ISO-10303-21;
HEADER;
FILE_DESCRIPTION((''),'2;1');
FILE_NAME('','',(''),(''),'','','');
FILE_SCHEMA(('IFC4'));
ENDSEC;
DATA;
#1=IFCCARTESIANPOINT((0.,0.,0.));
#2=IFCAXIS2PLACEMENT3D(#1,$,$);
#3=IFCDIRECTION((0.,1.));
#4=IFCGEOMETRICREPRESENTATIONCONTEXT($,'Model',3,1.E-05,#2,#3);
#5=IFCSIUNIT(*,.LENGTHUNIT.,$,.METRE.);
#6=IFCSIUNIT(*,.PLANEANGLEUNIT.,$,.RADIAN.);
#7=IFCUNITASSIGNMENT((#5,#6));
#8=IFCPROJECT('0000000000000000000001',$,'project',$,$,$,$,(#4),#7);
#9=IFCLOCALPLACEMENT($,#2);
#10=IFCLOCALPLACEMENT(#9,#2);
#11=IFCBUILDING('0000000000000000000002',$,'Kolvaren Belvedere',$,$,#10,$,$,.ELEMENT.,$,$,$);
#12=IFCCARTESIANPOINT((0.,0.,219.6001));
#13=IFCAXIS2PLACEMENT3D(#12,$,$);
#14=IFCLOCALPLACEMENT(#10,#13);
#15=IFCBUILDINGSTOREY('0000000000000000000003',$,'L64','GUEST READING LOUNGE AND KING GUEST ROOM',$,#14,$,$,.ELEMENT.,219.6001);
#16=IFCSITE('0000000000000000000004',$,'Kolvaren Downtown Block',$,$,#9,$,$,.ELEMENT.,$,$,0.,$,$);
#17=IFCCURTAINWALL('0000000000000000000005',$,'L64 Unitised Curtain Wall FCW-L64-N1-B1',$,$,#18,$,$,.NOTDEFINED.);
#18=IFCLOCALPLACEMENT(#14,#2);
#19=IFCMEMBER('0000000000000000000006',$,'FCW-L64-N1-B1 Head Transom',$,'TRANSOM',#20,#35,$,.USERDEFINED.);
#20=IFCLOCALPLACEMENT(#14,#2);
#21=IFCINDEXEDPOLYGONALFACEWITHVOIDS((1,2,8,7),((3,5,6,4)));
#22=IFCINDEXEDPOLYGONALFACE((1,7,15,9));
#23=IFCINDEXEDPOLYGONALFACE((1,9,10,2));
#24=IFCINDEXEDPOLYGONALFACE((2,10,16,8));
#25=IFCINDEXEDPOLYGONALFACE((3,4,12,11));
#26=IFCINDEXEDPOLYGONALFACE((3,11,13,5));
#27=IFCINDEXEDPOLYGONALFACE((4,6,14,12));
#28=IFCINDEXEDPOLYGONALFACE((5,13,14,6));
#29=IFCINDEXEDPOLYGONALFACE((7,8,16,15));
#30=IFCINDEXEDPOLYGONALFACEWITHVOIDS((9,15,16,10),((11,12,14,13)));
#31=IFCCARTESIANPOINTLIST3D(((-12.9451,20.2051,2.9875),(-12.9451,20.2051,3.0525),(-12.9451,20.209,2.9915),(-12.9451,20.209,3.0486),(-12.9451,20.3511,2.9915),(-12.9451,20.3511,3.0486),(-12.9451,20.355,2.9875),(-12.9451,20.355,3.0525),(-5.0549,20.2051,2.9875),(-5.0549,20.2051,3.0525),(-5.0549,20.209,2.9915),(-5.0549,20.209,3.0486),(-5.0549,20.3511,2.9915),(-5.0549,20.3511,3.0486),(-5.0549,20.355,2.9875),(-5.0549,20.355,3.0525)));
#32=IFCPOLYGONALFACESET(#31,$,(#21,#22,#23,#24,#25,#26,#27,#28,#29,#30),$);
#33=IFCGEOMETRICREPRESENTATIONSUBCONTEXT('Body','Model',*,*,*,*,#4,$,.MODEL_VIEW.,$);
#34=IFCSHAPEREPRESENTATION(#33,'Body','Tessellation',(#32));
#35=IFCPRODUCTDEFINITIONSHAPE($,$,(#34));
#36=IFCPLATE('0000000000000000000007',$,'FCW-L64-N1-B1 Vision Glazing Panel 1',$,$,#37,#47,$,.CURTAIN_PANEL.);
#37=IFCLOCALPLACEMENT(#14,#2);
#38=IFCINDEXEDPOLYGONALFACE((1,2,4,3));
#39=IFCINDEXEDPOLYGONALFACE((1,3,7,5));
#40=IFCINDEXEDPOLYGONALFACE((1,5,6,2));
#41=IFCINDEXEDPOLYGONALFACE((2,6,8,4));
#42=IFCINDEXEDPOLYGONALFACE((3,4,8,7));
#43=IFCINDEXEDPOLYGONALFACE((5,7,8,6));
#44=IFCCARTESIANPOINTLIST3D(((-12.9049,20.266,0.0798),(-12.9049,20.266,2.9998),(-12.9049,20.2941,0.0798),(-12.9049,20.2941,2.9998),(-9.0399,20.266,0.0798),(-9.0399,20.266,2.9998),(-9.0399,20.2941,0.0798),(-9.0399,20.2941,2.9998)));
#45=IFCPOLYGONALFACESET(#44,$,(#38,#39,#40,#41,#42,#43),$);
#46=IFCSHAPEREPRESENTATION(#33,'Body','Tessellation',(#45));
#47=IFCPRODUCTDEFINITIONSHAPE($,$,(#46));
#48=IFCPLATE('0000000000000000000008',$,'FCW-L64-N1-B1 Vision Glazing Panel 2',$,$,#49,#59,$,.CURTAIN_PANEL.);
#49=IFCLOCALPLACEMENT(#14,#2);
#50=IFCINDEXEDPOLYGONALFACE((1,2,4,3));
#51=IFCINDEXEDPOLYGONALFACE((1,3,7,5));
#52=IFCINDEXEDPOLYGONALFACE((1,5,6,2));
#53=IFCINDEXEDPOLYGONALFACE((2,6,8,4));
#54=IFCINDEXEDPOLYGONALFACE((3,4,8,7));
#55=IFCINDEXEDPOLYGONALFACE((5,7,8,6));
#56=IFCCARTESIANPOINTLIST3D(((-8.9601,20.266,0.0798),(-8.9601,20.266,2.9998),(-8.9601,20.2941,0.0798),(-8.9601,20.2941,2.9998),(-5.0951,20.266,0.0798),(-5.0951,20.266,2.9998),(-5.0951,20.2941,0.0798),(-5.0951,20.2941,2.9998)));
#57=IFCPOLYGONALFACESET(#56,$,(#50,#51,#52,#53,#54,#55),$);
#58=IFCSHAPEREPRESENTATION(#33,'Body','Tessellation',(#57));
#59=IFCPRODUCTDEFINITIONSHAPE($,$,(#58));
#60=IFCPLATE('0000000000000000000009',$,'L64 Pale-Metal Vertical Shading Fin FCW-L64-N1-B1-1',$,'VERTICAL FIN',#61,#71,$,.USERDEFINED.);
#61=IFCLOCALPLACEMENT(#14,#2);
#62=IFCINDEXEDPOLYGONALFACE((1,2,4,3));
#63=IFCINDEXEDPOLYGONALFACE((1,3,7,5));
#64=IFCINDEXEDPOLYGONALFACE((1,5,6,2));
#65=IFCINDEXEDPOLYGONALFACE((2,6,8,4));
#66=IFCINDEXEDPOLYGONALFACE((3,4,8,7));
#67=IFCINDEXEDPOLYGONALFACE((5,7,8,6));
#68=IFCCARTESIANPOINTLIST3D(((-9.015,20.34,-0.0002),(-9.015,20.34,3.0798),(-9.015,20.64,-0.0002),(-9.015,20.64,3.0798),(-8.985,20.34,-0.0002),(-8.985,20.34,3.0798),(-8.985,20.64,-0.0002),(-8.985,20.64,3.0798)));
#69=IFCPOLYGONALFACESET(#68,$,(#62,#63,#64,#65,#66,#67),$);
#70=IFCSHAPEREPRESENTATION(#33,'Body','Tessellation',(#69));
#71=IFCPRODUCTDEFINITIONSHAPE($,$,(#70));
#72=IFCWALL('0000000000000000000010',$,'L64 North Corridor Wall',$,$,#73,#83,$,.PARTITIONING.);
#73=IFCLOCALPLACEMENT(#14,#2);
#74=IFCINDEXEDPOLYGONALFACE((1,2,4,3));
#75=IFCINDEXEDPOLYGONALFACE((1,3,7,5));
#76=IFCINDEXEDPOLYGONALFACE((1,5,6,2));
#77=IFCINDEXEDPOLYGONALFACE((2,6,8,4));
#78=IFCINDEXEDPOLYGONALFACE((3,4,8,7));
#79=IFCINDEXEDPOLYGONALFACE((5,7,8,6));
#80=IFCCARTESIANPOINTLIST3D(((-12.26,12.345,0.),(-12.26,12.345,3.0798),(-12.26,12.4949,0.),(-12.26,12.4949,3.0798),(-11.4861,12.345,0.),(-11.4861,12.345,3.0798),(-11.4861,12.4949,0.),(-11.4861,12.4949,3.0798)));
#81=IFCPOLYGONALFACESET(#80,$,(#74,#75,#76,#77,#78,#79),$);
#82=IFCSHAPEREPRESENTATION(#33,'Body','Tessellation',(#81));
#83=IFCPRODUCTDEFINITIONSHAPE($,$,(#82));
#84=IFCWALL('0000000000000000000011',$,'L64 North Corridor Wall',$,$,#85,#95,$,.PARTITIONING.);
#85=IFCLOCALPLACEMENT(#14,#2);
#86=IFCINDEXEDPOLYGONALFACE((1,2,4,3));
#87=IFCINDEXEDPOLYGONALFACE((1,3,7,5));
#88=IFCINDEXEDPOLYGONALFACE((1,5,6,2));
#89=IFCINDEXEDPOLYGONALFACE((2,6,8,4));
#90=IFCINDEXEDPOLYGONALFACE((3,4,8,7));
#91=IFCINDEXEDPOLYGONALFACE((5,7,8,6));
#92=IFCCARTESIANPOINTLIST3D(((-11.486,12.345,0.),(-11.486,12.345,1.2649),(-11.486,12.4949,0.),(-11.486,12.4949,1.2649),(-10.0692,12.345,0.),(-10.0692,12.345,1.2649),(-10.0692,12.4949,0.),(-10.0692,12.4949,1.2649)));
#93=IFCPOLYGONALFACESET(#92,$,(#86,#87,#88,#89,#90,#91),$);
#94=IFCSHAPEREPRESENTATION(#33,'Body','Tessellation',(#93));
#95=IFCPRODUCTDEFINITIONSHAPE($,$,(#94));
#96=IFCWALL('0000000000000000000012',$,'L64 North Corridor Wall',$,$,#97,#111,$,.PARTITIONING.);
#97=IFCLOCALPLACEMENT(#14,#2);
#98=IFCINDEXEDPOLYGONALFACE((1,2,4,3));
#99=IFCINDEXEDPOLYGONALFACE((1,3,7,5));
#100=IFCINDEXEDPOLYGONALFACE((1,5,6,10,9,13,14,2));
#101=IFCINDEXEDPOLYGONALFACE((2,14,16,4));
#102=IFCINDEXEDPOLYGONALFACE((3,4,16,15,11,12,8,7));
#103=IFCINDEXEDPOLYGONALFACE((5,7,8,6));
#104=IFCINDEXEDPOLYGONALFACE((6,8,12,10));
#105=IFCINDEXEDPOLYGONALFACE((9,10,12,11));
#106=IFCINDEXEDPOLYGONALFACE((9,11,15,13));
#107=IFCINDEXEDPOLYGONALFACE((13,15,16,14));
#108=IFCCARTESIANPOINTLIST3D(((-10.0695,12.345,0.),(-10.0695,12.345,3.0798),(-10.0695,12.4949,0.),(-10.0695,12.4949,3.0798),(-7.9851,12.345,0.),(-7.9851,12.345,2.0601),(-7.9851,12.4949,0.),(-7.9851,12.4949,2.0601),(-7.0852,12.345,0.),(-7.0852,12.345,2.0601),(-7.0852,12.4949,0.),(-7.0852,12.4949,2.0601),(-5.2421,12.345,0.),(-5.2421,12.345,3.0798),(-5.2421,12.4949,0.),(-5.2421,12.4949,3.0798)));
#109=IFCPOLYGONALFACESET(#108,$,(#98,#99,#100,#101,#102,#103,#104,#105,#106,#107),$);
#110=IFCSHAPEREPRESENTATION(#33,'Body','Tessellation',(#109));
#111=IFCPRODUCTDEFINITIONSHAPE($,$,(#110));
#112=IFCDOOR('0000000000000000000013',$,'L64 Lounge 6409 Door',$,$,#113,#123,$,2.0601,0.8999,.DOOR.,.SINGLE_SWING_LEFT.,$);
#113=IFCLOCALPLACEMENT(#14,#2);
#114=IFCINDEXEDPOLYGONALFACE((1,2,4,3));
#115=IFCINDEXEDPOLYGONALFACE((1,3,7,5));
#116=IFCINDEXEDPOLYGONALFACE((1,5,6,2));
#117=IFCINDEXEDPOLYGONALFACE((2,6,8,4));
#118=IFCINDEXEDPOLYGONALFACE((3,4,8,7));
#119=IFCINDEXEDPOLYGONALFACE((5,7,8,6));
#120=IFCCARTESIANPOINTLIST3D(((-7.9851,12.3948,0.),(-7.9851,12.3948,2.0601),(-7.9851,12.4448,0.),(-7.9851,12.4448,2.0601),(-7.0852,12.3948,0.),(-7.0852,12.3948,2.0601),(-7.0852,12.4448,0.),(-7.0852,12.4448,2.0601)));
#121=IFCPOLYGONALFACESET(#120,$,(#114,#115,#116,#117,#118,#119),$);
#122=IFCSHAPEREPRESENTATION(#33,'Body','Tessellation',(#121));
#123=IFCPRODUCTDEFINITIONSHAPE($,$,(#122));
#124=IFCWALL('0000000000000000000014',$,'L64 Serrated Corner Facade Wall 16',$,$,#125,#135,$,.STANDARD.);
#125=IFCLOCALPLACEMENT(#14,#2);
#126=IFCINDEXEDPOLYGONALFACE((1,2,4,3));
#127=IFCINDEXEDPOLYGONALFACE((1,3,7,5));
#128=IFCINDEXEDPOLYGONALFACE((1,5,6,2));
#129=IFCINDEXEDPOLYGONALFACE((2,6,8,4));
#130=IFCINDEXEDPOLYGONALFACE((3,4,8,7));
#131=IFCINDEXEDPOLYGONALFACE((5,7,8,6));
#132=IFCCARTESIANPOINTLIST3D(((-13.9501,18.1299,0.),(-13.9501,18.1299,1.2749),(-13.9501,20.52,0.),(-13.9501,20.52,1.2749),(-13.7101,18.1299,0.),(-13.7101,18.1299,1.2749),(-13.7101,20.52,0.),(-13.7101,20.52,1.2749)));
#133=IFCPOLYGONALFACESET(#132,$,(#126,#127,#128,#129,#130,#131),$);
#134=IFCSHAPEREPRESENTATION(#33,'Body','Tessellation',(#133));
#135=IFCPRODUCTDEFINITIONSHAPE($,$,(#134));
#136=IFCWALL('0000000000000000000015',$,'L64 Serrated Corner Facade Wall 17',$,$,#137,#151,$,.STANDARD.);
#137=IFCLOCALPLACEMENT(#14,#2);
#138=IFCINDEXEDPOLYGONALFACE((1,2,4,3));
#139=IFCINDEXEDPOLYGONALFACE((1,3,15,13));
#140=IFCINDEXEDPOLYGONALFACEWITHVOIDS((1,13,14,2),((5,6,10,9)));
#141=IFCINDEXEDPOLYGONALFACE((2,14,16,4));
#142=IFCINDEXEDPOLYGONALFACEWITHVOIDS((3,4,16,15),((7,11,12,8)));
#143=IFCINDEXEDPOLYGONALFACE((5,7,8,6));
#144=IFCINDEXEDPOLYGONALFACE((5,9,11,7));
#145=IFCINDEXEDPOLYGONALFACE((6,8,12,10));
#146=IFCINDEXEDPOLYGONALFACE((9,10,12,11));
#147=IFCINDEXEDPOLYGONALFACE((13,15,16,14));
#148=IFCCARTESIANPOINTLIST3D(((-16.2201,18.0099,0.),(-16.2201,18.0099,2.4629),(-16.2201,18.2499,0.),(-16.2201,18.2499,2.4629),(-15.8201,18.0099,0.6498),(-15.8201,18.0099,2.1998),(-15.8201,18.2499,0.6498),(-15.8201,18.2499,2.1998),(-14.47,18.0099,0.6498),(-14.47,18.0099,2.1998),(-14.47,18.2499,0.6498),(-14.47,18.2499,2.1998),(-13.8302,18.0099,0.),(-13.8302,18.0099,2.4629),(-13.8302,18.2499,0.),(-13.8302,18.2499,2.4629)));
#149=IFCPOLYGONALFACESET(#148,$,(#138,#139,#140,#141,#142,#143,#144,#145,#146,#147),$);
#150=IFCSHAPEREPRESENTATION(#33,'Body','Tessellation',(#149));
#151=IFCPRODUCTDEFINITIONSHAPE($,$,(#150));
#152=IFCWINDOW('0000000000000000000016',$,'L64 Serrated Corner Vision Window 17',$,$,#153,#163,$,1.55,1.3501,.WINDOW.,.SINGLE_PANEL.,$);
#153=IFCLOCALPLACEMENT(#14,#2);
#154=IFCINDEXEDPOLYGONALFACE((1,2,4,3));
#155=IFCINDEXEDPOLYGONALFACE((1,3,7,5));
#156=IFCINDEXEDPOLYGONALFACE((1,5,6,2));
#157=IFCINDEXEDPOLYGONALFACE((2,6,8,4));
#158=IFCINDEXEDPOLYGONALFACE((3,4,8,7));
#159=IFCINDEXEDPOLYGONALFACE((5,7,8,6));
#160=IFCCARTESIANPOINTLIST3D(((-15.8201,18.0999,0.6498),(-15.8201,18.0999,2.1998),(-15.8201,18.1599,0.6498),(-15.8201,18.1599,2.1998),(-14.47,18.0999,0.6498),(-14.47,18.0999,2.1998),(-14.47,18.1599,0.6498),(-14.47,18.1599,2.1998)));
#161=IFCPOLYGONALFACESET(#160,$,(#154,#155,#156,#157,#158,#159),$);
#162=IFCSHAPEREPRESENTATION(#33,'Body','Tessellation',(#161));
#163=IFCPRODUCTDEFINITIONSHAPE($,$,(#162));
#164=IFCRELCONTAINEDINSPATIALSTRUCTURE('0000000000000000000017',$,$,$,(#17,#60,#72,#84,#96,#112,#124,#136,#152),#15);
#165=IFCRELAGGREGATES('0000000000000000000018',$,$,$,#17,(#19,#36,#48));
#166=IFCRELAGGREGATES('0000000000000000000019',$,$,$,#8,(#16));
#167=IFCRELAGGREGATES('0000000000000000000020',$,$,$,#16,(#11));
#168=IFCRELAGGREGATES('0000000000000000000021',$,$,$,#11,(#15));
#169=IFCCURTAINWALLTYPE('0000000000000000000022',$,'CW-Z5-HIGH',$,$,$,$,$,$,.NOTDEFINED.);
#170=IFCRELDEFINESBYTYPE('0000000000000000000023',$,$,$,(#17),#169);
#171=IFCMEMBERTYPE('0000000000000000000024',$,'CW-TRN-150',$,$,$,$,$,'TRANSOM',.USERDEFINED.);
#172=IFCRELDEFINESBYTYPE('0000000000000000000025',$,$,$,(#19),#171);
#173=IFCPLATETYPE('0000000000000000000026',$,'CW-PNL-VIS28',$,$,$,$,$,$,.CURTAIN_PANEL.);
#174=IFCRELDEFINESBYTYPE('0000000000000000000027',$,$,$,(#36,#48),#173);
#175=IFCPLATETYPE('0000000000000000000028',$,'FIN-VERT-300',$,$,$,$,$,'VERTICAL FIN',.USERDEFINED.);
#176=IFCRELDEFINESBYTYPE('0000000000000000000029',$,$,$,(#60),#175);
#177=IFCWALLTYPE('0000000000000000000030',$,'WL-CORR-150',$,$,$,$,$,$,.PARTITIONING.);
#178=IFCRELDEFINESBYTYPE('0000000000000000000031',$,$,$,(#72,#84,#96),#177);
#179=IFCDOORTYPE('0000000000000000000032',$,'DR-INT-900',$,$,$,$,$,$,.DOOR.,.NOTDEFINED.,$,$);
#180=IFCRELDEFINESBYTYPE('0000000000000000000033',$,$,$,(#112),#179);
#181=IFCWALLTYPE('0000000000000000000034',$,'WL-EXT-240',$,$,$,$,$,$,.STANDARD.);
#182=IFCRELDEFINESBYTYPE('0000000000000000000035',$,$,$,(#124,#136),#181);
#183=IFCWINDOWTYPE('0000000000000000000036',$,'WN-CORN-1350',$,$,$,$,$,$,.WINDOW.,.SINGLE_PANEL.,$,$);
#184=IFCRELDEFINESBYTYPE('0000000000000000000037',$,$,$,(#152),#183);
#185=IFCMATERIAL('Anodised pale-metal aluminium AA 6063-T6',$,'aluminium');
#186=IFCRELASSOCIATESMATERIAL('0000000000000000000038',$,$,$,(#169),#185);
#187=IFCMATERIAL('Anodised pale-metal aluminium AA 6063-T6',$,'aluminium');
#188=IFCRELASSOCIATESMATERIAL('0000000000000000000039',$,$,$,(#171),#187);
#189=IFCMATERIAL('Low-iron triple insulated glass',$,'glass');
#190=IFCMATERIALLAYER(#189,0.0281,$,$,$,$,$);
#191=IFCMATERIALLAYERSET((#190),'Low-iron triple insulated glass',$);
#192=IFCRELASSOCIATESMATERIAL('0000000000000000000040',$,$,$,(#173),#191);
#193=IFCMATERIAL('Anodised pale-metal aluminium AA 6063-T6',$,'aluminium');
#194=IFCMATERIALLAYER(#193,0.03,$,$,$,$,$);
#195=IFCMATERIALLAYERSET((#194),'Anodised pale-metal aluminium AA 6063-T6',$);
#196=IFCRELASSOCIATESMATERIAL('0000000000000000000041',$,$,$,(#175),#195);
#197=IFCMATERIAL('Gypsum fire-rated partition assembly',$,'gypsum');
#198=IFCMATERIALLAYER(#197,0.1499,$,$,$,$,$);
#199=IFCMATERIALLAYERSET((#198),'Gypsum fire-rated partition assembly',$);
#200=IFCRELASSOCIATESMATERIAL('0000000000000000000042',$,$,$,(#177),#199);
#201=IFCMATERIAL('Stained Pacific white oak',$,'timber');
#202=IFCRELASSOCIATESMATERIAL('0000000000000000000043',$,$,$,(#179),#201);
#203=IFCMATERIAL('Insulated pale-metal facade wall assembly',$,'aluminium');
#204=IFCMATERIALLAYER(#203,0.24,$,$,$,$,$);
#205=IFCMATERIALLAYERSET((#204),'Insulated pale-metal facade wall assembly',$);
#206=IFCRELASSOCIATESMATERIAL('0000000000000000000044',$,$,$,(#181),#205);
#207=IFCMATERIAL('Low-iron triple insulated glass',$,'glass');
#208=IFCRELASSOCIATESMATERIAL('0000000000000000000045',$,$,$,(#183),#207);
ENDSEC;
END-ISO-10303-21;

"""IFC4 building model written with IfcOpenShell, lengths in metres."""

from ifc_helpers import new_model, si_unit, direction, frame, frame_2d, origin, origin_2d, place, context, subcontext, project, spatial, rectangle, hollow_rectangle, extrude, material, layer, layer_set, material_profile, profile_set, type_object, element, fill, aggregate, save


model = new_model("IFC4")

# Units and contexts
model_context = context("Model", 3, precision=1e-05, world=origin(), true_north=direction((0.0, 1.0)))
body_context = subcontext(model_context, "Body", "Model", "MODEL_VIEW")
ifc_project = project(units=[si_unit("LENGTHUNIT", "METRE"), si_unit("PLANEANGLEUNIT", "RADIAN")], contexts=[model_context])

# Site, building, storey
site_placement = place(None, origin())
site = spatial("IfcSite", under=ifc_project, at=site_placement, Name="Kolvaren Downtown Block", CompositionType="ELEMENT", RefElevation=0.0)
building_placement = place(site_placement, origin())
building = spatial("IfcBuilding", under=site, at=building_placement, Name="Kolvaren Belvedere", CompositionType="ELEMENT")
storey_placement = place(building_placement, frame((0.0, 0.0, 219.6001)))
storey = spatial("IfcBuildingStorey", under=building, at=storey_placement, Name="L64", Description="GUEST READING LOUNGE AND KING GUEST ROOM", CompositionType="ELEMENT", Elevation=219.6001)

# Curtain wall
ifc_material_1 = material(Name="Anodised pale-metal aluminium AA 6063-T6", Category="aluminium")
curtain_wall_type = type_object("IfcCurtainWallType", Name="CW-Z5-HIGH", PredefinedType="NOTDEFINED", material=ifc_material_1)
curtain_wall_1_placement = place(storey_placement, origin())
curtain_wall_1 = element("IfcCurtainWall", 1, at=curtain_wall_1_placement, inside=storey, type_object=curtain_wall_type, Name="L64 Unitised Curtain Wall FCW-L64-N1-B1", PredefinedType="NOTDEFINED")

# Member
ifc_material_2 = material(Name="Anodised pale-metal aluminium AA 6063-T6", Category="aluminium")
ifc_material_profile_1 = material_profile(ifc_material_2, hollow_rectangle(XDim=0.0649, YDim=0.1499, WallThickness=0.0039, at=origin_2d()), Name="ALU-TRN-150X65")
ifc_profile_set_1 = profile_set([ifc_material_profile_1], Name="Anodised pale-metal aluminium AA 6063-T6")
member_type_1 = type_object("IfcMemberType", Name="CW-TRN-150", ElementType="TRANSOM", PredefinedType="USERDEFINED", material=ifc_profile_set_1)
member_1_placement = place(storey_placement, frame((-12.9451, 20.28, 3.02), z_axis=(1.0, 0.0, 0.0), x_axis=(0.0, 0.0, 1.0)))
member_1 = element("IfcMember", 2, at=member_1_placement, type_object=member_type_1, Name="FCW-L64-N1-B1 Head Transom", ObjectType="TRANSOM", PredefinedType="USERDEFINED", context=body_context, shape_type="SweptSolid", body=[
    extrude(hollow_rectangle(XDim=0.0649, YDim=0.1499, WallThickness=0.0039, at=origin_2d()), origin(), (0.0, 0.0, 1.0), 7.8901),
])

# Plates
ifc_material_3 = material(Name="Low-iron triple insulated glass", Category="glass")
ifc_layer_1 = layer(ifc_material_3, 0.0281)
ifc_layer_set_1 = layer_set([ifc_layer_1], Name="Low-iron triple insulated glass")
plate_type_1 = type_object("IfcPlateType", Name="CW-PNL-VIS28", PredefinedType="CURTAIN_PANEL", material=ifc_layer_set_1)
plate_1_placement = place(storey_placement, frame((-10.9724, 20.28, 0.0798), z_axis=(0.0, 0.0, 1.0), x_axis=(1.0, 0.0, 0.0)))
plate_1 = element("IfcPlate", 3, at=plate_1_placement, type_object=plate_type_1, Name="FCW-L64-N1-B1 Vision Glazing Panel 1", PredefinedType="CURTAIN_PANEL", context=body_context, shape_type="SweptSolid", body=[
    extrude(rectangle(XDim=3.865, YDim=0.0281, at=origin_2d()), origin(), (0.0, 0.0, 1.0), 2.9199),
])
plate_2_placement = place(storey_placement, frame((-7.0276, 20.28, 0.0798), z_axis=(0.0, 0.0, 1.0), x_axis=(1.0, 0.0, 0.0)))
plate_2 = element("IfcPlate", 4, at=plate_2_placement, type_object=plate_type_1, Name="FCW-L64-N1-B1 Vision Glazing Panel 2", PredefinedType="CURTAIN_PANEL", context=body_context, shape_type="SweptSolid", body=[
    extrude(rectangle(XDim=3.865, YDim=0.0281, at=origin_2d()), origin(), (0.0, 0.0, 1.0), 2.9199),
])
aggregate(curtain_wall_1, [member_1, plate_1, plate_2])
ifc_material_4 = material(Name="Anodised pale-metal aluminium AA 6063-T6", Category="aluminium")
ifc_layer_2 = layer(ifc_material_4, 0.03)
ifc_layer_set_2 = layer_set([ifc_layer_2], Name="Anodised pale-metal aluminium AA 6063-T6")
plate_type_2 = type_object("IfcPlateType", Name="FIN-VERT-300", ElementType="VERTICAL FIN", PredefinedType="USERDEFINED", material=ifc_layer_set_2)
plate_3_placement = place(storey_placement, frame((-9.0, 20.49, -0.0002), z_axis=(0.0, 0.0, 1.0), x_axis=(0.0, 1.0, 0.0)))
element("IfcPlate", 5, at=plate_3_placement, inside=storey, type_object=plate_type_2, Name="L64 Pale-Metal Vertical Shading Fin FCW-L64-N1-B1-1", ObjectType="VERTICAL FIN", PredefinedType="USERDEFINED", context=body_context, shape_type="SweptSolid", body=[
    extrude(rectangle(XDim=0.3, YDim=0.03, at=origin_2d()), origin(), (0.0, 0.0, 1.0), 3.0801),
])

# Walls
ifc_material_5 = material(Name="Gypsum fire-rated partition assembly", Category="gypsum")
ifc_layer_3 = layer(ifc_material_5, 0.1499)
ifc_layer_set_3 = layer_set([ifc_layer_3], Name="Gypsum fire-rated partition assembly")
wall_type_1 = type_object("IfcWallType", Name="WL-CORR-150", PredefinedType="PARTITIONING", material=ifc_layer_set_3)
wall_1_placement = place(storey_placement, frame((-12.26, 12.4199, 0.0), z_axis=(0.0, 0.0, 1.0), x_axis=(1.0, 0.0, 0.0)))
element("IfcWall", 6, at=wall_1_placement, inside=storey, type_object=wall_type_1, Name="L64 North Corridor Wall", PredefinedType="PARTITIONING", context=body_context, shape_type="SweptSolid", body=[
    extrude(rectangle(XDim=0.7739, YDim=0.1499, at=frame_2d((0.387, 0.0))), origin(), (0.0, 0.0, 1.0), 3.0798),
])
wall_2_placement = place(storey_placement, frame((-11.4861, 12.4199, 0.0), z_axis=(0.0, 0.0, 1.0), x_axis=(1.0, 0.0, 0.0)))
element("IfcWall", 7, at=wall_2_placement, inside=storey, type_object=wall_type_1, Name="L64 North Corridor Wall", PredefinedType="PARTITIONING", context=body_context, shape_type="SweptSolid", body=[
    extrude(rectangle(XDim=1.4167, YDim=0.1499, at=frame_2d((0.7085, 0.0))), origin(), (0.0, 0.0, 1.0), 1.2649),
])

# Wall, opening, door
wall_3_placement = place(storey_placement, frame((-10.0693, 12.4199, 0.0), z_axis=(0.0, 0.0, 1.0), x_axis=(1.0, 0.0, 0.0)))
wall_3 = element("IfcWall", 8, at=wall_3_placement, inside=storey, type_object=wall_type_1, Name="L64 North Corridor Wall", PredefinedType="PARTITIONING", context=body_context, shape_type="SweptSolid", body=[
    extrude(rectangle(XDim=4.8274, YDim=0.1499, at=frame_2d((2.4136, 0.0))), origin(), (0.0, 0.0, 1.0), 3.0798),
])
opening_1_placement = place(wall_3_placement, frame((2.0842, 0.0, 0.0)))
opening_1 = element("IfcOpeningElement", 9, at=opening_1_placement, cuts=wall_3, PredefinedType="OPENING", context=body_context, shape_type="SweptSolid", body=[
    extrude(rectangle(XDim=0.8999, YDim=2.0601, at=frame_2d((0.45, 1.03))), frame((0.0, 0.085, 0.0), z_axis=(0.0, -1.0, 0.0), x_axis=(1.0, 0.0, 0.0)), (0.0, 0.0, 1.0), 0.1699),
])
ifc_material_6 = material(Name="Stained Pacific white oak", Category="timber")
door_type = type_object("IfcDoorType", Name="DR-INT-900", OperationType="NOTDEFINED", PredefinedType="DOOR", material=ifc_material_6)
door_placement = place(opening_1_placement, origin())
door = element("IfcDoor", 10, at=door_placement, inside=storey, type_object=door_type, Name="L64 Lounge 6409 Door", OperationType="SINGLE_SWING_LEFT", OverallHeight=2.0601, OverallWidth=0.8999, PredefinedType="DOOR", context=body_context, shape_type="SweptSolid", body=[
    extrude(rectangle(XDim=0.8999, YDim=2.0601, at=frame_2d((0.45, 1.03))), frame((0.0, 0.0249, 0.0), z_axis=(0.0, -1.0, 0.0), x_axis=(1.0, 0.0, 0.0)), (0.0, 0.0, 1.0), 0.05),
])
fill(opening_1, door)

# Wall
ifc_material_7 = material(Name="Insulated pale-metal facade wall assembly", Category="aluminium")
ifc_layer_4 = layer(ifc_material_7, 0.24)
ifc_layer_set_4 = layer_set([ifc_layer_4], Name="Insulated pale-metal facade wall assembly")
wall_type_2 = type_object("IfcWallType", Name="WL-EXT-240", PredefinedType="STANDARD", material=ifc_layer_set_4)
wall_4_placement = place(storey_placement, frame((-13.8301, 18.1299, 0.0), z_axis=(0.0, 0.0, 1.0), x_axis=(0.0, 1.0, 0.0)))
element("IfcWall", 11, at=wall_4_placement, inside=storey, type_object=wall_type_2, Name="L64 Serrated Corner Facade Wall 16", PredefinedType="STANDARD", context=body_context, shape_type="SweptSolid", body=[
    extrude(rectangle(XDim=2.3901, YDim=0.24, at=frame_2d((1.1951, 0.0))), origin(), (0.0, 0.0, 1.0), 1.2749),
])

# Wall, opening, window
wall_5_placement = place(storey_placement, frame((-16.22, 18.1299, 0.0), z_axis=(0.0, 0.0, 1.0), x_axis=(1.0, 0.0, 0.0)))
wall_5 = element("IfcWall", 12, at=wall_5_placement, inside=storey, type_object=wall_type_2, Name="L64 Serrated Corner Facade Wall 17", PredefinedType="STANDARD", context=body_context, shape_type="SweptSolid", body=[
    extrude(rectangle(XDim=2.3899, YDim=0.24, at=frame_2d((1.1948, 0.0))), origin(), (0.0, 0.0, 1.0), 2.4629),
])
opening_2_placement = place(wall_5_placement, frame((0.3999, 0.0, 0.6499)))
opening_2 = element("IfcOpeningElement", 13, at=opening_2_placement, cuts=wall_5, PredefinedType="OPENING", context=body_context, shape_type="SweptSolid", body=[
    extrude(rectangle(XDim=1.3501, YDim=1.55, at=frame_2d((0.675, 0.7749))), frame((0.0, 0.1299, 0.0), z_axis=(0.0, -1.0, 0.0), x_axis=(1.0, 0.0, 0.0)), (0.0, 0.0, 1.0), 0.26),
])
ifc_material_8 = material(Name="Low-iron triple insulated glass", Category="glass")
window_type_1 = type_object("IfcWindowType", Name="WN-CORN-1350", PartitioningType="SINGLE_PANEL", PredefinedType="WINDOW", material=ifc_material_8)
window_1_placement = place(opening_2_placement, origin())
window_1 = element("IfcWindow", 14, at=window_1_placement, inside=storey, type_object=window_type_1, Name="L64 Serrated Corner Vision Window 17", OverallHeight=1.55, OverallWidth=1.3501, PartitioningType="SINGLE_PANEL", PredefinedType="WINDOW", context=body_context, shape_type="SweptSolid", body=[
    extrude(rectangle(XDim=1.3501, YDim=1.55, at=frame_2d((0.675, 0.7749))), frame((0.0, 0.03, 0.0), z_axis=(0.0, -1.0, 0.0), x_axis=(1.0, 0.0, 0.0)), (0.0, 0.0, 1.0), 0.0601),
])
fill(opening_2, window_1)

save(model, "model.ifc")
